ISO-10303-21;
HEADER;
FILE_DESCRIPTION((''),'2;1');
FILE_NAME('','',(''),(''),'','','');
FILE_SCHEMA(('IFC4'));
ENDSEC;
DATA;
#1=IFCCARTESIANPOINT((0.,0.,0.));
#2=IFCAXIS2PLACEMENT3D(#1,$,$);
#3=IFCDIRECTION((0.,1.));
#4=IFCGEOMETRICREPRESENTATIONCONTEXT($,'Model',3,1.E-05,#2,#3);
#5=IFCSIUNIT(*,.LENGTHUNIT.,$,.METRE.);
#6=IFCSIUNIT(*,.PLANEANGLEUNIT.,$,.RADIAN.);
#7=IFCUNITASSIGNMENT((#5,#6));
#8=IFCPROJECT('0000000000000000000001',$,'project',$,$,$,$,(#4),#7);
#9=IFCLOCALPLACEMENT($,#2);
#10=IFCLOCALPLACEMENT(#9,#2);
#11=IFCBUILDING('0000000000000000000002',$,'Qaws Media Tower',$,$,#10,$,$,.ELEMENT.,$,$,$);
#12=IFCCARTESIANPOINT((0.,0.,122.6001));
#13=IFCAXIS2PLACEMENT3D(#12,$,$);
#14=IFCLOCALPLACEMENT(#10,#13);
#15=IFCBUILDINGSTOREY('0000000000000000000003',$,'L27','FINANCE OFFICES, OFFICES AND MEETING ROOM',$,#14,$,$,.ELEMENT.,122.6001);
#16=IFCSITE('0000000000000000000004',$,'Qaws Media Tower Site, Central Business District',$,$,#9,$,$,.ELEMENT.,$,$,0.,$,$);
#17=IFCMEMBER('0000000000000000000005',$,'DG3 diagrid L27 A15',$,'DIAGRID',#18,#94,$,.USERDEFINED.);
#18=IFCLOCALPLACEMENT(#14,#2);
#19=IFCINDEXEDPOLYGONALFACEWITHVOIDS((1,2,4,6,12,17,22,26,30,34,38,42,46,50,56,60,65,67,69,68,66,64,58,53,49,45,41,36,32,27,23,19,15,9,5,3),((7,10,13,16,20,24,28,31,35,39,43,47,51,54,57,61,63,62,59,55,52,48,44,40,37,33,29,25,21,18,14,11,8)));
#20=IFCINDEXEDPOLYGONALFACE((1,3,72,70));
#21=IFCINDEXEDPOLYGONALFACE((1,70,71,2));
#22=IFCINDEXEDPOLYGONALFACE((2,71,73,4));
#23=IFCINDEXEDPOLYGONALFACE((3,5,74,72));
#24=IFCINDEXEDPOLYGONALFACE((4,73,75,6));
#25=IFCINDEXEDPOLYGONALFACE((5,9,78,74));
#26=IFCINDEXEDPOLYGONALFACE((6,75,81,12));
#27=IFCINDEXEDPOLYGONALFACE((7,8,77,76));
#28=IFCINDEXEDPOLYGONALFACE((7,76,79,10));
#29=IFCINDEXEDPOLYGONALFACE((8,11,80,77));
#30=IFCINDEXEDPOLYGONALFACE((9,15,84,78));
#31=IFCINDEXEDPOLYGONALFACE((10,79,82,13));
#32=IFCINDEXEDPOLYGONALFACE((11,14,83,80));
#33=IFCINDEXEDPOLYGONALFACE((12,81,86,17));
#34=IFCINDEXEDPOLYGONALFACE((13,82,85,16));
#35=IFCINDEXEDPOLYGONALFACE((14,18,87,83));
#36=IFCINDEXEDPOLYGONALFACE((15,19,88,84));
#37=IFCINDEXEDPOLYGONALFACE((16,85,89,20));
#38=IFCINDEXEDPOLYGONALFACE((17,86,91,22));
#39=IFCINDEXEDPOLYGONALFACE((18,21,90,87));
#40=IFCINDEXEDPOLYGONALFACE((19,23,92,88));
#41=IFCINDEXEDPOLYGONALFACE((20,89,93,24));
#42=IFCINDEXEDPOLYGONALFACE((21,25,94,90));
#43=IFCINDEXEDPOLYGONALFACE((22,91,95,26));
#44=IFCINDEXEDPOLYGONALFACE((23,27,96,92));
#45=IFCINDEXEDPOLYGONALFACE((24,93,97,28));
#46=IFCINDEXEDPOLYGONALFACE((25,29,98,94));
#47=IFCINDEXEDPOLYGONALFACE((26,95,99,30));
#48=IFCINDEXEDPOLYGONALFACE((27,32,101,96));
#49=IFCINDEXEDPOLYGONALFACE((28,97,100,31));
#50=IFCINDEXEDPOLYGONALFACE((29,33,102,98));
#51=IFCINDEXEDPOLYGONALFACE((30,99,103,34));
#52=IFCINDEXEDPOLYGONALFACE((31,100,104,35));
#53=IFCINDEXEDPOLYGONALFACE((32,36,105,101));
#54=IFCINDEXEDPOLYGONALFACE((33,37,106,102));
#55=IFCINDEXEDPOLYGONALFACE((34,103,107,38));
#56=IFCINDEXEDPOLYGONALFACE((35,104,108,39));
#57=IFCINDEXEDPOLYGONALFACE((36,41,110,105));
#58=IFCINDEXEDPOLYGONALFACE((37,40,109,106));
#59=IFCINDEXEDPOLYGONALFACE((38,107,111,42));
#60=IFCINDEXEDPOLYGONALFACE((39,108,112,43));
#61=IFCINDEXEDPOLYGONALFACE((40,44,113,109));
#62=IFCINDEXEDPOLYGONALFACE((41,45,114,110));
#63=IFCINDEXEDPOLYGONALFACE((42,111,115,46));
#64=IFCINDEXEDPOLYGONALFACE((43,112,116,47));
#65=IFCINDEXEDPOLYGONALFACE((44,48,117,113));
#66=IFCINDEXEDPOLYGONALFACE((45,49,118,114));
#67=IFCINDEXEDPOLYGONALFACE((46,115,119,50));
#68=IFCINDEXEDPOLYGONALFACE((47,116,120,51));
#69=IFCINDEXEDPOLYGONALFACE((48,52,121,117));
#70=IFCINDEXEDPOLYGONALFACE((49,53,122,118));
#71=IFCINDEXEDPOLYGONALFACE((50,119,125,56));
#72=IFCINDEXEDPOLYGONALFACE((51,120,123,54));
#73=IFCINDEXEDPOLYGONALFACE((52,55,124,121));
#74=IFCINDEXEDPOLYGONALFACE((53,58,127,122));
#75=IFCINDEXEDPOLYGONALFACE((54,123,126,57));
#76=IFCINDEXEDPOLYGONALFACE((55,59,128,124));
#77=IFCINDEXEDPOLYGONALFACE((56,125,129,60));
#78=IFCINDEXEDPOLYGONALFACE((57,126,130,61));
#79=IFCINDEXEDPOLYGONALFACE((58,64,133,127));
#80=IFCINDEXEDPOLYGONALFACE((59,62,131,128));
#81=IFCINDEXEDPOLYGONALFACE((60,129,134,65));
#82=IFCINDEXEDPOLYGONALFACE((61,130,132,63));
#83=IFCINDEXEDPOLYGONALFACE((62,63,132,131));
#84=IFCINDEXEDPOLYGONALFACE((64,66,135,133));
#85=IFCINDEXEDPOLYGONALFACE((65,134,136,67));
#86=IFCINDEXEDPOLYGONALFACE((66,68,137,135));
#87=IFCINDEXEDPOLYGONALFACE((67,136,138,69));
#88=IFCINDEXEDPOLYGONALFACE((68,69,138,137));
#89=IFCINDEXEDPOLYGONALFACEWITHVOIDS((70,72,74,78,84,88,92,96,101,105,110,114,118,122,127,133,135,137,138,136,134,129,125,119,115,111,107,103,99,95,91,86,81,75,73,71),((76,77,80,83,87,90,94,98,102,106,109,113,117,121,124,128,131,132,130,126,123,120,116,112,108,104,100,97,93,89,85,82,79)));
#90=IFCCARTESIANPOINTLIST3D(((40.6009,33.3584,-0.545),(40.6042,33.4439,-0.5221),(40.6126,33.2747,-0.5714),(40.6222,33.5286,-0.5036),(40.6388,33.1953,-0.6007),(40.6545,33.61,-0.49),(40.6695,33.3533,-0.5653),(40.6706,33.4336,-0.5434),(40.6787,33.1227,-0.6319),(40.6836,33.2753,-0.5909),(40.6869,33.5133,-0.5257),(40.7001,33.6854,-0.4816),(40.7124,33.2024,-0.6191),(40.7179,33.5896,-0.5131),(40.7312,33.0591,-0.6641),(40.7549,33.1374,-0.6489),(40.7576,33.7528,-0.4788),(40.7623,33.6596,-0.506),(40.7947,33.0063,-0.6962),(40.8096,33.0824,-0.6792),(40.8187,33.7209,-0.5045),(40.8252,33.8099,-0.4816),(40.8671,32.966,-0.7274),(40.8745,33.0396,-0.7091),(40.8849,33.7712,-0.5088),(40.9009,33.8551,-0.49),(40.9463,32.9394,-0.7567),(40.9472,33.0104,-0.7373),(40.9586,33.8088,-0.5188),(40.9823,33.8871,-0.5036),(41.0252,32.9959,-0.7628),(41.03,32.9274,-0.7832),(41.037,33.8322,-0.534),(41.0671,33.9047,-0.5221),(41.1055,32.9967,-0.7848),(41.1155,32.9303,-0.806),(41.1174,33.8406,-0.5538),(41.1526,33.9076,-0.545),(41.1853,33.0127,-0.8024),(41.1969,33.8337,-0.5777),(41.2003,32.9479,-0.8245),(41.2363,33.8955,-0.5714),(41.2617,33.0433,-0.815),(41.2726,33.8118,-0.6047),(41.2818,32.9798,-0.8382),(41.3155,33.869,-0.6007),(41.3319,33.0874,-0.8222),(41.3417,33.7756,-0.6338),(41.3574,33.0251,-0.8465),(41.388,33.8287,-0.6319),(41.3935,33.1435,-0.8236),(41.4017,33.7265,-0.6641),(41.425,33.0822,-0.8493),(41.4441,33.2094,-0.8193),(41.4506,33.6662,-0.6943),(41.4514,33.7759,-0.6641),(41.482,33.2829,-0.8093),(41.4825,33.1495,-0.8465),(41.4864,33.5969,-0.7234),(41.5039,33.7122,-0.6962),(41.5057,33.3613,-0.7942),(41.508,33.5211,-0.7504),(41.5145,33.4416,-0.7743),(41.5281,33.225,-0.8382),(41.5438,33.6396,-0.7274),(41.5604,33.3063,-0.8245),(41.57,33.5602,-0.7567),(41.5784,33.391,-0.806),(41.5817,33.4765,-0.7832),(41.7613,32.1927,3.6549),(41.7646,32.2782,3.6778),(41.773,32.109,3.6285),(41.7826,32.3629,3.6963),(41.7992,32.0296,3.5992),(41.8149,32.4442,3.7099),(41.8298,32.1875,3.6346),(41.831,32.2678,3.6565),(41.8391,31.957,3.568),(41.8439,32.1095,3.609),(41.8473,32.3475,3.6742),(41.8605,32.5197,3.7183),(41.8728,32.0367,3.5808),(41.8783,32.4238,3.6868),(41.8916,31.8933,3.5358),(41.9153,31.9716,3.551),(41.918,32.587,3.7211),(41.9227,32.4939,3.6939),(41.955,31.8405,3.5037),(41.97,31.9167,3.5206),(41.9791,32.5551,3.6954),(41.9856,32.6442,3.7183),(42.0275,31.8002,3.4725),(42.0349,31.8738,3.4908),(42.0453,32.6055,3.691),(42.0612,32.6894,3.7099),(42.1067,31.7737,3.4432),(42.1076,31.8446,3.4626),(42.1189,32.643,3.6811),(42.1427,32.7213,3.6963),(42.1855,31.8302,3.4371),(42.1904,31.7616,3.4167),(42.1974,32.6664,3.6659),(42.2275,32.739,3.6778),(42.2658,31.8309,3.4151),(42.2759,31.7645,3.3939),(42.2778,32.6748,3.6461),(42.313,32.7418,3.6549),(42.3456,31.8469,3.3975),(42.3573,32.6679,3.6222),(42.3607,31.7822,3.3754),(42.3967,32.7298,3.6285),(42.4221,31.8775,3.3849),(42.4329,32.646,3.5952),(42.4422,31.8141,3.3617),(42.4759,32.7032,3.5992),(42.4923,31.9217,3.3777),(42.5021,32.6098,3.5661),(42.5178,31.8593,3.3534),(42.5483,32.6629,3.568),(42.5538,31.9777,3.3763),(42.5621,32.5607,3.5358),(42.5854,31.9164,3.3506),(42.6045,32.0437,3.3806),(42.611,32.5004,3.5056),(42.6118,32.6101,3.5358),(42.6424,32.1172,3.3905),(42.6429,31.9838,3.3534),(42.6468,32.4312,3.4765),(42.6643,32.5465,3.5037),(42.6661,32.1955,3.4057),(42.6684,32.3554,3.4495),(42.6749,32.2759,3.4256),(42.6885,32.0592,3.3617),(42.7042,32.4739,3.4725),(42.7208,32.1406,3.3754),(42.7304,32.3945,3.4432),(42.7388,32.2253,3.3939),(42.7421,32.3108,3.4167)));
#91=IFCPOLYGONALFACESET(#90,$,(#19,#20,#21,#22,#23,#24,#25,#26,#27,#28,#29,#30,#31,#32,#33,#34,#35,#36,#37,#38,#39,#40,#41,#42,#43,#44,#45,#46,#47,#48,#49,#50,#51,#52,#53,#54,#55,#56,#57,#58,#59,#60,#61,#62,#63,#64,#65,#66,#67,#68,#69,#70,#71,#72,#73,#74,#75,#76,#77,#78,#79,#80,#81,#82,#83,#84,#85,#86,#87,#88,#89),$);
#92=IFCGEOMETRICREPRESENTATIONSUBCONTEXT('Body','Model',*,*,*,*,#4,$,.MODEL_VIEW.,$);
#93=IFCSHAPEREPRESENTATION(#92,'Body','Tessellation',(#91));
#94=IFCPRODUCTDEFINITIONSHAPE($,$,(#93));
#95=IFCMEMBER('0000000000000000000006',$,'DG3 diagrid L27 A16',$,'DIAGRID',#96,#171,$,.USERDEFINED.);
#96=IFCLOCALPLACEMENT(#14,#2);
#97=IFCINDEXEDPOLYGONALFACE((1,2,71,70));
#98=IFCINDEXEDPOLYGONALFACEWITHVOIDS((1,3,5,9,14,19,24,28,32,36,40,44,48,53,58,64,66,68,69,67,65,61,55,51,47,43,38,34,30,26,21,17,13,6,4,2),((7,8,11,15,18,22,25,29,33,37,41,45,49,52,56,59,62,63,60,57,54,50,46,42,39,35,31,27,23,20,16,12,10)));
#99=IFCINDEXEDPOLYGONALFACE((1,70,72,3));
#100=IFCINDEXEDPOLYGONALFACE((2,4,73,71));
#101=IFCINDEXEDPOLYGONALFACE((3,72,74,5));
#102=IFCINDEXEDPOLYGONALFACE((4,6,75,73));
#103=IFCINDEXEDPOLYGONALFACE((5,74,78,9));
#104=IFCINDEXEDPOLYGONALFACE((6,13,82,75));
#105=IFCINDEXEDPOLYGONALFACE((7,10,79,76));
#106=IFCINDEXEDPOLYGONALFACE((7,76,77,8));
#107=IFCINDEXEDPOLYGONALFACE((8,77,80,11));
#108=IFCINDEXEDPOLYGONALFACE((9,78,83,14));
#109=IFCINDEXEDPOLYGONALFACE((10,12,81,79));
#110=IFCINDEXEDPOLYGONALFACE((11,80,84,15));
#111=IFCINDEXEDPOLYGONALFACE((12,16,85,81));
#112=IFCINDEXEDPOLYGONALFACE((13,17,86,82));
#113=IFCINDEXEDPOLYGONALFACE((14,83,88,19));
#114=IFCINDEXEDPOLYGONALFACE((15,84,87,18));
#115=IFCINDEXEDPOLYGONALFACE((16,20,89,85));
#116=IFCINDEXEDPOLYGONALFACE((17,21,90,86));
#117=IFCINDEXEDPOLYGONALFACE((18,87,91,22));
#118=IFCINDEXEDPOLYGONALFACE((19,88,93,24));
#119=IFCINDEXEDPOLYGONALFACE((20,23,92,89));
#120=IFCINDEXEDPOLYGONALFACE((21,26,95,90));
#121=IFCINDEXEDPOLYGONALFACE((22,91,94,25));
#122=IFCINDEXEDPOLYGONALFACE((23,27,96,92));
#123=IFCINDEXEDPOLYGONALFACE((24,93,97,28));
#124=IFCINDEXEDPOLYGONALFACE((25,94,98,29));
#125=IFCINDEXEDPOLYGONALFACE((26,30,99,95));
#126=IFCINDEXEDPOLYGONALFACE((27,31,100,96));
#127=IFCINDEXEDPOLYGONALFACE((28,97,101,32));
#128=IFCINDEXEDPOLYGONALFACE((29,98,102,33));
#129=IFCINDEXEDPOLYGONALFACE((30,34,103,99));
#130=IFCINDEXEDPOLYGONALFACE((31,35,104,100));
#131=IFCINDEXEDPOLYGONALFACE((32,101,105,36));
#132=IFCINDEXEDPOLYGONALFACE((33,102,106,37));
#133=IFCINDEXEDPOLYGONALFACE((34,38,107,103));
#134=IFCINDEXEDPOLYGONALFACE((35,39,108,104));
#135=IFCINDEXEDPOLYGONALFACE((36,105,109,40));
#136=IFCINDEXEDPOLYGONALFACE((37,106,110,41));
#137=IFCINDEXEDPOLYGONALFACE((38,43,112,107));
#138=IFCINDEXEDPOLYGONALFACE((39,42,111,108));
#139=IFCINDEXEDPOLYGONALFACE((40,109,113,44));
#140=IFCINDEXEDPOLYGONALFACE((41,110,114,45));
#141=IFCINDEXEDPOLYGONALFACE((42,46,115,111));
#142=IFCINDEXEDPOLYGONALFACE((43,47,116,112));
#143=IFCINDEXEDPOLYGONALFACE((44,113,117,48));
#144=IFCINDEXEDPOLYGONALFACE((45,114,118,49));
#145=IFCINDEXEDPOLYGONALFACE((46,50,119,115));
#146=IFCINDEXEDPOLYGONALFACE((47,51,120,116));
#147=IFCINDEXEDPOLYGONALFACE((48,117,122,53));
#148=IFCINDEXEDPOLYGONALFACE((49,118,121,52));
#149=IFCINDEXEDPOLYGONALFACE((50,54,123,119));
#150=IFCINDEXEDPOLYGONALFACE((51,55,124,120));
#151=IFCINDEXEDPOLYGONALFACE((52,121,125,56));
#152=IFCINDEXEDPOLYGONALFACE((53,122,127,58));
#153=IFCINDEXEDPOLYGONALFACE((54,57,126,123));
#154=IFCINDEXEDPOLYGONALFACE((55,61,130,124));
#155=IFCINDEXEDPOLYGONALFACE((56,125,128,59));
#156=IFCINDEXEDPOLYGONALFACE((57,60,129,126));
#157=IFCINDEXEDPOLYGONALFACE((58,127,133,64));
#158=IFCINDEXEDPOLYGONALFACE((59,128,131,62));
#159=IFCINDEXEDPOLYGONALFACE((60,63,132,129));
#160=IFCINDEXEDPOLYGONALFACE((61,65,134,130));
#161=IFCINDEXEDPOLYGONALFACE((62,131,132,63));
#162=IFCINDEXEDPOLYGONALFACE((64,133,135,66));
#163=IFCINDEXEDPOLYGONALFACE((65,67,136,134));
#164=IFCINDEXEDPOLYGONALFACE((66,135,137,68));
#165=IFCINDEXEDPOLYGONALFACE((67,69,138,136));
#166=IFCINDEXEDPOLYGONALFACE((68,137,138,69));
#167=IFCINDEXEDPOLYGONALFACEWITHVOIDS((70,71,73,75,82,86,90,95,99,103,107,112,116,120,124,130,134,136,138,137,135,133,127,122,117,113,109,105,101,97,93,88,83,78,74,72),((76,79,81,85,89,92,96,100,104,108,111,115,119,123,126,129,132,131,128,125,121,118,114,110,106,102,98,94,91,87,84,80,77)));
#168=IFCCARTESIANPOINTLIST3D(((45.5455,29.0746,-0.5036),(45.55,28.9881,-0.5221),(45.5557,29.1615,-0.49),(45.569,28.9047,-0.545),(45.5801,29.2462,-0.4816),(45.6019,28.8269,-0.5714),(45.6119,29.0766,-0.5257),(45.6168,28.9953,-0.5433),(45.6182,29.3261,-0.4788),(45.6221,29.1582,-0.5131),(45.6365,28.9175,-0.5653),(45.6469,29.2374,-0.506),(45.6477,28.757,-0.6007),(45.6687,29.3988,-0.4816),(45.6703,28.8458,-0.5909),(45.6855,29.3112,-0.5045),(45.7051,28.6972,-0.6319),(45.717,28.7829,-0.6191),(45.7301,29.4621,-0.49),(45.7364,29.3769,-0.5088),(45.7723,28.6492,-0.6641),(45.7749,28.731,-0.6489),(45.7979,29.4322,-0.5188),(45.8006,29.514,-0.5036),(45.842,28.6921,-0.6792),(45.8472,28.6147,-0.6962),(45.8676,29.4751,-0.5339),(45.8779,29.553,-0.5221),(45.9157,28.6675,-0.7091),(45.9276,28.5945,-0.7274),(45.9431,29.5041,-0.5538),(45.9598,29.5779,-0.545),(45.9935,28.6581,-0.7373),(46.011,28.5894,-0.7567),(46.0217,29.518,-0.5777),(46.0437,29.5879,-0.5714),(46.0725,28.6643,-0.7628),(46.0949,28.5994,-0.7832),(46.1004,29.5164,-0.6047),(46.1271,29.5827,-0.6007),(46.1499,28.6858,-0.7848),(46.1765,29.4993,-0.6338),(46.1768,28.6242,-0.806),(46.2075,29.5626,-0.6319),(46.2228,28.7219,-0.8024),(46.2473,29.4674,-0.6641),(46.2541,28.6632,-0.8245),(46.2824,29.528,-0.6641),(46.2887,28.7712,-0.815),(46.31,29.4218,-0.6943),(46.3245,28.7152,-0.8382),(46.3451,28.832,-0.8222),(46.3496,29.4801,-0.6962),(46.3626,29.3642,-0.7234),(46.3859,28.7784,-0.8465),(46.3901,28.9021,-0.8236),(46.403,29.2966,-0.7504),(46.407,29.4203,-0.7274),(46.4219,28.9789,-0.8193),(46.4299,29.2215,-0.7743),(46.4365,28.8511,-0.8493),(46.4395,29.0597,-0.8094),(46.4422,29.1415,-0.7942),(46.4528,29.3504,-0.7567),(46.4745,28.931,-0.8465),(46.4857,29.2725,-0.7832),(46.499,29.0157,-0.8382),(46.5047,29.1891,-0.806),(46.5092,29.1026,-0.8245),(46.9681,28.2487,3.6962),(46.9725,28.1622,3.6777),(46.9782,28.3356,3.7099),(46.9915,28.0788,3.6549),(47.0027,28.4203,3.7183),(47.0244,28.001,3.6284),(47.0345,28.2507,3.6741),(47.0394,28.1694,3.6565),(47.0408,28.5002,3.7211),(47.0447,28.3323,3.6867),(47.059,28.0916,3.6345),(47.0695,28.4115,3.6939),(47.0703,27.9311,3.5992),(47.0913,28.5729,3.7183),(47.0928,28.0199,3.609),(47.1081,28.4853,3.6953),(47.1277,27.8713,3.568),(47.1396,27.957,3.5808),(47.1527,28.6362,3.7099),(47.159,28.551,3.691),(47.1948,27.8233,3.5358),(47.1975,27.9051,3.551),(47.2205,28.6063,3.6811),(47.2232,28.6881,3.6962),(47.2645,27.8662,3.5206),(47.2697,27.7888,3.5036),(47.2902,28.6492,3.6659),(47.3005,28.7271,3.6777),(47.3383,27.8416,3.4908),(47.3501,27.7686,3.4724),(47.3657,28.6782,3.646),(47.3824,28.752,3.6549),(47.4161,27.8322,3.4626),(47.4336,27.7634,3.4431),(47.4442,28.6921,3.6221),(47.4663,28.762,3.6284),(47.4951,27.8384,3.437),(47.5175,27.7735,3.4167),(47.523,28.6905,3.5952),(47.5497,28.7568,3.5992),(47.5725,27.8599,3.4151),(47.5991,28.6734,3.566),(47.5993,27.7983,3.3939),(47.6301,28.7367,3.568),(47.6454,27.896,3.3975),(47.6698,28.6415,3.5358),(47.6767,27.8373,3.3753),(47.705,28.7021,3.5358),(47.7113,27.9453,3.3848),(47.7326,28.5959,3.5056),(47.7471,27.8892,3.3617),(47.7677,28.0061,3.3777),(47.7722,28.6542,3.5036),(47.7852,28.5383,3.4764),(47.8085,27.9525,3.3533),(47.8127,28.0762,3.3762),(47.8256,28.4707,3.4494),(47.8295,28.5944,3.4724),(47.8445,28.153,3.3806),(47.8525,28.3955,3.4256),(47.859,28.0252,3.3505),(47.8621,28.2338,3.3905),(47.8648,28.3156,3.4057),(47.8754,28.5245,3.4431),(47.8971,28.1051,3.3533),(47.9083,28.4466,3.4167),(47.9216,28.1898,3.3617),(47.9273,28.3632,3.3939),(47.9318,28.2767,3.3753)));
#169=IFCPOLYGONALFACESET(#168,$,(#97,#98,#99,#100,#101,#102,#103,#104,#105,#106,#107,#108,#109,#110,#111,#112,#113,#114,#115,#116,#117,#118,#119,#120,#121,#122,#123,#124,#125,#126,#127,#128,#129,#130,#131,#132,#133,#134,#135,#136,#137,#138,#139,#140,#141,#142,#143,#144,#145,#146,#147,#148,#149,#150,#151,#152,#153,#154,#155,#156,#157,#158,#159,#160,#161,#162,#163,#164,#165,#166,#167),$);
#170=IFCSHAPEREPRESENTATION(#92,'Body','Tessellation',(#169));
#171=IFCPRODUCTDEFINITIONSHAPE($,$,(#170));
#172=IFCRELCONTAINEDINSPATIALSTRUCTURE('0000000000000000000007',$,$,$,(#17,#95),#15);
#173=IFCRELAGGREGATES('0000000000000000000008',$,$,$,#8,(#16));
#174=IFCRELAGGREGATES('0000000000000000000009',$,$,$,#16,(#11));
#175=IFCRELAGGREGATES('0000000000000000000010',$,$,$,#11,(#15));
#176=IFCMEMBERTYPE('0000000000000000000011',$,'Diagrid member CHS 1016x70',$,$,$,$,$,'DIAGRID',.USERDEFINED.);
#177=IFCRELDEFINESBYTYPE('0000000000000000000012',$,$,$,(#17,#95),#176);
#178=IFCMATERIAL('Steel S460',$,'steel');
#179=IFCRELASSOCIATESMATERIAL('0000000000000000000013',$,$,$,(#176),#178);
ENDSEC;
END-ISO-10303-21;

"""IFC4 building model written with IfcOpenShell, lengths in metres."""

from ifc_helpers import new_model, si_unit, direction, frame, origin, origin_2d, place, context, subcontext, project, spatial, hollow_circle, extrude, material, material_profile, profile_set, type_object, element, save


model = new_model("IFC4")

# Units and contexts
model_context = context("Model", 3, precision=1e-05, world=origin(), true_north=direction((0.0, 1.0)))
body_context = subcontext(model_context, "Body", "Model", "MODEL_VIEW")
ifc_project = project(units=[si_unit("LENGTHUNIT", "METRE"), si_unit("PLANEANGLEUNIT", "RADIAN")], contexts=[model_context])

# Site, building, storey
site_placement = place(None, origin())
site = spatial("IfcSite", under=ifc_project, at=site_placement, Name="Qaws Media Tower Site, Central Business District", CompositionType="ELEMENT", RefElevation=0.0)
building_placement = place(site_placement, origin())
building = spatial("IfcBuilding", under=site, at=building_placement, Name="Qaws Media Tower", CompositionType="ELEMENT")
storey_placement = place(building_placement, frame((0.0, 0.0, 122.6001)))
storey = spatial("IfcBuildingStorey", under=building, at=storey_placement, Name="L27", Description="FINANCE OFFICES, OFFICES AND MEETING ROOM", CompositionType="ELEMENT", Elevation=122.6001)

# Members
ifc_material_1 = material(Name="Steel S460", Category="steel")
ifc_material_profile_1 = material_profile(ifc_material_1, hollow_circle(Radius=0.5081, WallThickness=0.0701, at=origin_2d()), Name="CHS 1016x70")
ifc_profile_set_1 = profile_set([ifc_material_profile_1], Name="Steel S460")
member_type_1 = type_object("IfcMemberType", Name="Diagrid member CHS 1016x70", ElementType="DIAGRID", PredefinedType="USERDEFINED", material=ifc_profile_set_1)
for number, where, z_axis, x_axis, name in (
    (1, (41.0913, 33.4175, -0.6641), (0.257263, -0.258454, 0.931138), (0.708738, 0.705472, 0.0), "DG3 diagrid L27 A15"),
    (2, (46.0273, 29.0886, -0.6641), (0.315392, -0.183108, 0.931128), (0.502089, 0.864816, 0.0), "DG3 diagrid L27 A16"),
):
    element("IfcMember", number, at=place(storey_placement, frame(where, z_axis=z_axis, x_axis=x_axis)), inside=storey, type_object=member_type_1, Name=name, ObjectType="DIAGRID", PredefinedType="USERDEFINED", context=body_context, shape_type="SweptSolid", body=[
        extrude(hollow_circle(Radius=0.5081, WallThickness=0.0701, at=origin_2d()), origin(), (0.0, 0.0, 1.0), 4.5105),
    ])

save(model, "model.ifc")
